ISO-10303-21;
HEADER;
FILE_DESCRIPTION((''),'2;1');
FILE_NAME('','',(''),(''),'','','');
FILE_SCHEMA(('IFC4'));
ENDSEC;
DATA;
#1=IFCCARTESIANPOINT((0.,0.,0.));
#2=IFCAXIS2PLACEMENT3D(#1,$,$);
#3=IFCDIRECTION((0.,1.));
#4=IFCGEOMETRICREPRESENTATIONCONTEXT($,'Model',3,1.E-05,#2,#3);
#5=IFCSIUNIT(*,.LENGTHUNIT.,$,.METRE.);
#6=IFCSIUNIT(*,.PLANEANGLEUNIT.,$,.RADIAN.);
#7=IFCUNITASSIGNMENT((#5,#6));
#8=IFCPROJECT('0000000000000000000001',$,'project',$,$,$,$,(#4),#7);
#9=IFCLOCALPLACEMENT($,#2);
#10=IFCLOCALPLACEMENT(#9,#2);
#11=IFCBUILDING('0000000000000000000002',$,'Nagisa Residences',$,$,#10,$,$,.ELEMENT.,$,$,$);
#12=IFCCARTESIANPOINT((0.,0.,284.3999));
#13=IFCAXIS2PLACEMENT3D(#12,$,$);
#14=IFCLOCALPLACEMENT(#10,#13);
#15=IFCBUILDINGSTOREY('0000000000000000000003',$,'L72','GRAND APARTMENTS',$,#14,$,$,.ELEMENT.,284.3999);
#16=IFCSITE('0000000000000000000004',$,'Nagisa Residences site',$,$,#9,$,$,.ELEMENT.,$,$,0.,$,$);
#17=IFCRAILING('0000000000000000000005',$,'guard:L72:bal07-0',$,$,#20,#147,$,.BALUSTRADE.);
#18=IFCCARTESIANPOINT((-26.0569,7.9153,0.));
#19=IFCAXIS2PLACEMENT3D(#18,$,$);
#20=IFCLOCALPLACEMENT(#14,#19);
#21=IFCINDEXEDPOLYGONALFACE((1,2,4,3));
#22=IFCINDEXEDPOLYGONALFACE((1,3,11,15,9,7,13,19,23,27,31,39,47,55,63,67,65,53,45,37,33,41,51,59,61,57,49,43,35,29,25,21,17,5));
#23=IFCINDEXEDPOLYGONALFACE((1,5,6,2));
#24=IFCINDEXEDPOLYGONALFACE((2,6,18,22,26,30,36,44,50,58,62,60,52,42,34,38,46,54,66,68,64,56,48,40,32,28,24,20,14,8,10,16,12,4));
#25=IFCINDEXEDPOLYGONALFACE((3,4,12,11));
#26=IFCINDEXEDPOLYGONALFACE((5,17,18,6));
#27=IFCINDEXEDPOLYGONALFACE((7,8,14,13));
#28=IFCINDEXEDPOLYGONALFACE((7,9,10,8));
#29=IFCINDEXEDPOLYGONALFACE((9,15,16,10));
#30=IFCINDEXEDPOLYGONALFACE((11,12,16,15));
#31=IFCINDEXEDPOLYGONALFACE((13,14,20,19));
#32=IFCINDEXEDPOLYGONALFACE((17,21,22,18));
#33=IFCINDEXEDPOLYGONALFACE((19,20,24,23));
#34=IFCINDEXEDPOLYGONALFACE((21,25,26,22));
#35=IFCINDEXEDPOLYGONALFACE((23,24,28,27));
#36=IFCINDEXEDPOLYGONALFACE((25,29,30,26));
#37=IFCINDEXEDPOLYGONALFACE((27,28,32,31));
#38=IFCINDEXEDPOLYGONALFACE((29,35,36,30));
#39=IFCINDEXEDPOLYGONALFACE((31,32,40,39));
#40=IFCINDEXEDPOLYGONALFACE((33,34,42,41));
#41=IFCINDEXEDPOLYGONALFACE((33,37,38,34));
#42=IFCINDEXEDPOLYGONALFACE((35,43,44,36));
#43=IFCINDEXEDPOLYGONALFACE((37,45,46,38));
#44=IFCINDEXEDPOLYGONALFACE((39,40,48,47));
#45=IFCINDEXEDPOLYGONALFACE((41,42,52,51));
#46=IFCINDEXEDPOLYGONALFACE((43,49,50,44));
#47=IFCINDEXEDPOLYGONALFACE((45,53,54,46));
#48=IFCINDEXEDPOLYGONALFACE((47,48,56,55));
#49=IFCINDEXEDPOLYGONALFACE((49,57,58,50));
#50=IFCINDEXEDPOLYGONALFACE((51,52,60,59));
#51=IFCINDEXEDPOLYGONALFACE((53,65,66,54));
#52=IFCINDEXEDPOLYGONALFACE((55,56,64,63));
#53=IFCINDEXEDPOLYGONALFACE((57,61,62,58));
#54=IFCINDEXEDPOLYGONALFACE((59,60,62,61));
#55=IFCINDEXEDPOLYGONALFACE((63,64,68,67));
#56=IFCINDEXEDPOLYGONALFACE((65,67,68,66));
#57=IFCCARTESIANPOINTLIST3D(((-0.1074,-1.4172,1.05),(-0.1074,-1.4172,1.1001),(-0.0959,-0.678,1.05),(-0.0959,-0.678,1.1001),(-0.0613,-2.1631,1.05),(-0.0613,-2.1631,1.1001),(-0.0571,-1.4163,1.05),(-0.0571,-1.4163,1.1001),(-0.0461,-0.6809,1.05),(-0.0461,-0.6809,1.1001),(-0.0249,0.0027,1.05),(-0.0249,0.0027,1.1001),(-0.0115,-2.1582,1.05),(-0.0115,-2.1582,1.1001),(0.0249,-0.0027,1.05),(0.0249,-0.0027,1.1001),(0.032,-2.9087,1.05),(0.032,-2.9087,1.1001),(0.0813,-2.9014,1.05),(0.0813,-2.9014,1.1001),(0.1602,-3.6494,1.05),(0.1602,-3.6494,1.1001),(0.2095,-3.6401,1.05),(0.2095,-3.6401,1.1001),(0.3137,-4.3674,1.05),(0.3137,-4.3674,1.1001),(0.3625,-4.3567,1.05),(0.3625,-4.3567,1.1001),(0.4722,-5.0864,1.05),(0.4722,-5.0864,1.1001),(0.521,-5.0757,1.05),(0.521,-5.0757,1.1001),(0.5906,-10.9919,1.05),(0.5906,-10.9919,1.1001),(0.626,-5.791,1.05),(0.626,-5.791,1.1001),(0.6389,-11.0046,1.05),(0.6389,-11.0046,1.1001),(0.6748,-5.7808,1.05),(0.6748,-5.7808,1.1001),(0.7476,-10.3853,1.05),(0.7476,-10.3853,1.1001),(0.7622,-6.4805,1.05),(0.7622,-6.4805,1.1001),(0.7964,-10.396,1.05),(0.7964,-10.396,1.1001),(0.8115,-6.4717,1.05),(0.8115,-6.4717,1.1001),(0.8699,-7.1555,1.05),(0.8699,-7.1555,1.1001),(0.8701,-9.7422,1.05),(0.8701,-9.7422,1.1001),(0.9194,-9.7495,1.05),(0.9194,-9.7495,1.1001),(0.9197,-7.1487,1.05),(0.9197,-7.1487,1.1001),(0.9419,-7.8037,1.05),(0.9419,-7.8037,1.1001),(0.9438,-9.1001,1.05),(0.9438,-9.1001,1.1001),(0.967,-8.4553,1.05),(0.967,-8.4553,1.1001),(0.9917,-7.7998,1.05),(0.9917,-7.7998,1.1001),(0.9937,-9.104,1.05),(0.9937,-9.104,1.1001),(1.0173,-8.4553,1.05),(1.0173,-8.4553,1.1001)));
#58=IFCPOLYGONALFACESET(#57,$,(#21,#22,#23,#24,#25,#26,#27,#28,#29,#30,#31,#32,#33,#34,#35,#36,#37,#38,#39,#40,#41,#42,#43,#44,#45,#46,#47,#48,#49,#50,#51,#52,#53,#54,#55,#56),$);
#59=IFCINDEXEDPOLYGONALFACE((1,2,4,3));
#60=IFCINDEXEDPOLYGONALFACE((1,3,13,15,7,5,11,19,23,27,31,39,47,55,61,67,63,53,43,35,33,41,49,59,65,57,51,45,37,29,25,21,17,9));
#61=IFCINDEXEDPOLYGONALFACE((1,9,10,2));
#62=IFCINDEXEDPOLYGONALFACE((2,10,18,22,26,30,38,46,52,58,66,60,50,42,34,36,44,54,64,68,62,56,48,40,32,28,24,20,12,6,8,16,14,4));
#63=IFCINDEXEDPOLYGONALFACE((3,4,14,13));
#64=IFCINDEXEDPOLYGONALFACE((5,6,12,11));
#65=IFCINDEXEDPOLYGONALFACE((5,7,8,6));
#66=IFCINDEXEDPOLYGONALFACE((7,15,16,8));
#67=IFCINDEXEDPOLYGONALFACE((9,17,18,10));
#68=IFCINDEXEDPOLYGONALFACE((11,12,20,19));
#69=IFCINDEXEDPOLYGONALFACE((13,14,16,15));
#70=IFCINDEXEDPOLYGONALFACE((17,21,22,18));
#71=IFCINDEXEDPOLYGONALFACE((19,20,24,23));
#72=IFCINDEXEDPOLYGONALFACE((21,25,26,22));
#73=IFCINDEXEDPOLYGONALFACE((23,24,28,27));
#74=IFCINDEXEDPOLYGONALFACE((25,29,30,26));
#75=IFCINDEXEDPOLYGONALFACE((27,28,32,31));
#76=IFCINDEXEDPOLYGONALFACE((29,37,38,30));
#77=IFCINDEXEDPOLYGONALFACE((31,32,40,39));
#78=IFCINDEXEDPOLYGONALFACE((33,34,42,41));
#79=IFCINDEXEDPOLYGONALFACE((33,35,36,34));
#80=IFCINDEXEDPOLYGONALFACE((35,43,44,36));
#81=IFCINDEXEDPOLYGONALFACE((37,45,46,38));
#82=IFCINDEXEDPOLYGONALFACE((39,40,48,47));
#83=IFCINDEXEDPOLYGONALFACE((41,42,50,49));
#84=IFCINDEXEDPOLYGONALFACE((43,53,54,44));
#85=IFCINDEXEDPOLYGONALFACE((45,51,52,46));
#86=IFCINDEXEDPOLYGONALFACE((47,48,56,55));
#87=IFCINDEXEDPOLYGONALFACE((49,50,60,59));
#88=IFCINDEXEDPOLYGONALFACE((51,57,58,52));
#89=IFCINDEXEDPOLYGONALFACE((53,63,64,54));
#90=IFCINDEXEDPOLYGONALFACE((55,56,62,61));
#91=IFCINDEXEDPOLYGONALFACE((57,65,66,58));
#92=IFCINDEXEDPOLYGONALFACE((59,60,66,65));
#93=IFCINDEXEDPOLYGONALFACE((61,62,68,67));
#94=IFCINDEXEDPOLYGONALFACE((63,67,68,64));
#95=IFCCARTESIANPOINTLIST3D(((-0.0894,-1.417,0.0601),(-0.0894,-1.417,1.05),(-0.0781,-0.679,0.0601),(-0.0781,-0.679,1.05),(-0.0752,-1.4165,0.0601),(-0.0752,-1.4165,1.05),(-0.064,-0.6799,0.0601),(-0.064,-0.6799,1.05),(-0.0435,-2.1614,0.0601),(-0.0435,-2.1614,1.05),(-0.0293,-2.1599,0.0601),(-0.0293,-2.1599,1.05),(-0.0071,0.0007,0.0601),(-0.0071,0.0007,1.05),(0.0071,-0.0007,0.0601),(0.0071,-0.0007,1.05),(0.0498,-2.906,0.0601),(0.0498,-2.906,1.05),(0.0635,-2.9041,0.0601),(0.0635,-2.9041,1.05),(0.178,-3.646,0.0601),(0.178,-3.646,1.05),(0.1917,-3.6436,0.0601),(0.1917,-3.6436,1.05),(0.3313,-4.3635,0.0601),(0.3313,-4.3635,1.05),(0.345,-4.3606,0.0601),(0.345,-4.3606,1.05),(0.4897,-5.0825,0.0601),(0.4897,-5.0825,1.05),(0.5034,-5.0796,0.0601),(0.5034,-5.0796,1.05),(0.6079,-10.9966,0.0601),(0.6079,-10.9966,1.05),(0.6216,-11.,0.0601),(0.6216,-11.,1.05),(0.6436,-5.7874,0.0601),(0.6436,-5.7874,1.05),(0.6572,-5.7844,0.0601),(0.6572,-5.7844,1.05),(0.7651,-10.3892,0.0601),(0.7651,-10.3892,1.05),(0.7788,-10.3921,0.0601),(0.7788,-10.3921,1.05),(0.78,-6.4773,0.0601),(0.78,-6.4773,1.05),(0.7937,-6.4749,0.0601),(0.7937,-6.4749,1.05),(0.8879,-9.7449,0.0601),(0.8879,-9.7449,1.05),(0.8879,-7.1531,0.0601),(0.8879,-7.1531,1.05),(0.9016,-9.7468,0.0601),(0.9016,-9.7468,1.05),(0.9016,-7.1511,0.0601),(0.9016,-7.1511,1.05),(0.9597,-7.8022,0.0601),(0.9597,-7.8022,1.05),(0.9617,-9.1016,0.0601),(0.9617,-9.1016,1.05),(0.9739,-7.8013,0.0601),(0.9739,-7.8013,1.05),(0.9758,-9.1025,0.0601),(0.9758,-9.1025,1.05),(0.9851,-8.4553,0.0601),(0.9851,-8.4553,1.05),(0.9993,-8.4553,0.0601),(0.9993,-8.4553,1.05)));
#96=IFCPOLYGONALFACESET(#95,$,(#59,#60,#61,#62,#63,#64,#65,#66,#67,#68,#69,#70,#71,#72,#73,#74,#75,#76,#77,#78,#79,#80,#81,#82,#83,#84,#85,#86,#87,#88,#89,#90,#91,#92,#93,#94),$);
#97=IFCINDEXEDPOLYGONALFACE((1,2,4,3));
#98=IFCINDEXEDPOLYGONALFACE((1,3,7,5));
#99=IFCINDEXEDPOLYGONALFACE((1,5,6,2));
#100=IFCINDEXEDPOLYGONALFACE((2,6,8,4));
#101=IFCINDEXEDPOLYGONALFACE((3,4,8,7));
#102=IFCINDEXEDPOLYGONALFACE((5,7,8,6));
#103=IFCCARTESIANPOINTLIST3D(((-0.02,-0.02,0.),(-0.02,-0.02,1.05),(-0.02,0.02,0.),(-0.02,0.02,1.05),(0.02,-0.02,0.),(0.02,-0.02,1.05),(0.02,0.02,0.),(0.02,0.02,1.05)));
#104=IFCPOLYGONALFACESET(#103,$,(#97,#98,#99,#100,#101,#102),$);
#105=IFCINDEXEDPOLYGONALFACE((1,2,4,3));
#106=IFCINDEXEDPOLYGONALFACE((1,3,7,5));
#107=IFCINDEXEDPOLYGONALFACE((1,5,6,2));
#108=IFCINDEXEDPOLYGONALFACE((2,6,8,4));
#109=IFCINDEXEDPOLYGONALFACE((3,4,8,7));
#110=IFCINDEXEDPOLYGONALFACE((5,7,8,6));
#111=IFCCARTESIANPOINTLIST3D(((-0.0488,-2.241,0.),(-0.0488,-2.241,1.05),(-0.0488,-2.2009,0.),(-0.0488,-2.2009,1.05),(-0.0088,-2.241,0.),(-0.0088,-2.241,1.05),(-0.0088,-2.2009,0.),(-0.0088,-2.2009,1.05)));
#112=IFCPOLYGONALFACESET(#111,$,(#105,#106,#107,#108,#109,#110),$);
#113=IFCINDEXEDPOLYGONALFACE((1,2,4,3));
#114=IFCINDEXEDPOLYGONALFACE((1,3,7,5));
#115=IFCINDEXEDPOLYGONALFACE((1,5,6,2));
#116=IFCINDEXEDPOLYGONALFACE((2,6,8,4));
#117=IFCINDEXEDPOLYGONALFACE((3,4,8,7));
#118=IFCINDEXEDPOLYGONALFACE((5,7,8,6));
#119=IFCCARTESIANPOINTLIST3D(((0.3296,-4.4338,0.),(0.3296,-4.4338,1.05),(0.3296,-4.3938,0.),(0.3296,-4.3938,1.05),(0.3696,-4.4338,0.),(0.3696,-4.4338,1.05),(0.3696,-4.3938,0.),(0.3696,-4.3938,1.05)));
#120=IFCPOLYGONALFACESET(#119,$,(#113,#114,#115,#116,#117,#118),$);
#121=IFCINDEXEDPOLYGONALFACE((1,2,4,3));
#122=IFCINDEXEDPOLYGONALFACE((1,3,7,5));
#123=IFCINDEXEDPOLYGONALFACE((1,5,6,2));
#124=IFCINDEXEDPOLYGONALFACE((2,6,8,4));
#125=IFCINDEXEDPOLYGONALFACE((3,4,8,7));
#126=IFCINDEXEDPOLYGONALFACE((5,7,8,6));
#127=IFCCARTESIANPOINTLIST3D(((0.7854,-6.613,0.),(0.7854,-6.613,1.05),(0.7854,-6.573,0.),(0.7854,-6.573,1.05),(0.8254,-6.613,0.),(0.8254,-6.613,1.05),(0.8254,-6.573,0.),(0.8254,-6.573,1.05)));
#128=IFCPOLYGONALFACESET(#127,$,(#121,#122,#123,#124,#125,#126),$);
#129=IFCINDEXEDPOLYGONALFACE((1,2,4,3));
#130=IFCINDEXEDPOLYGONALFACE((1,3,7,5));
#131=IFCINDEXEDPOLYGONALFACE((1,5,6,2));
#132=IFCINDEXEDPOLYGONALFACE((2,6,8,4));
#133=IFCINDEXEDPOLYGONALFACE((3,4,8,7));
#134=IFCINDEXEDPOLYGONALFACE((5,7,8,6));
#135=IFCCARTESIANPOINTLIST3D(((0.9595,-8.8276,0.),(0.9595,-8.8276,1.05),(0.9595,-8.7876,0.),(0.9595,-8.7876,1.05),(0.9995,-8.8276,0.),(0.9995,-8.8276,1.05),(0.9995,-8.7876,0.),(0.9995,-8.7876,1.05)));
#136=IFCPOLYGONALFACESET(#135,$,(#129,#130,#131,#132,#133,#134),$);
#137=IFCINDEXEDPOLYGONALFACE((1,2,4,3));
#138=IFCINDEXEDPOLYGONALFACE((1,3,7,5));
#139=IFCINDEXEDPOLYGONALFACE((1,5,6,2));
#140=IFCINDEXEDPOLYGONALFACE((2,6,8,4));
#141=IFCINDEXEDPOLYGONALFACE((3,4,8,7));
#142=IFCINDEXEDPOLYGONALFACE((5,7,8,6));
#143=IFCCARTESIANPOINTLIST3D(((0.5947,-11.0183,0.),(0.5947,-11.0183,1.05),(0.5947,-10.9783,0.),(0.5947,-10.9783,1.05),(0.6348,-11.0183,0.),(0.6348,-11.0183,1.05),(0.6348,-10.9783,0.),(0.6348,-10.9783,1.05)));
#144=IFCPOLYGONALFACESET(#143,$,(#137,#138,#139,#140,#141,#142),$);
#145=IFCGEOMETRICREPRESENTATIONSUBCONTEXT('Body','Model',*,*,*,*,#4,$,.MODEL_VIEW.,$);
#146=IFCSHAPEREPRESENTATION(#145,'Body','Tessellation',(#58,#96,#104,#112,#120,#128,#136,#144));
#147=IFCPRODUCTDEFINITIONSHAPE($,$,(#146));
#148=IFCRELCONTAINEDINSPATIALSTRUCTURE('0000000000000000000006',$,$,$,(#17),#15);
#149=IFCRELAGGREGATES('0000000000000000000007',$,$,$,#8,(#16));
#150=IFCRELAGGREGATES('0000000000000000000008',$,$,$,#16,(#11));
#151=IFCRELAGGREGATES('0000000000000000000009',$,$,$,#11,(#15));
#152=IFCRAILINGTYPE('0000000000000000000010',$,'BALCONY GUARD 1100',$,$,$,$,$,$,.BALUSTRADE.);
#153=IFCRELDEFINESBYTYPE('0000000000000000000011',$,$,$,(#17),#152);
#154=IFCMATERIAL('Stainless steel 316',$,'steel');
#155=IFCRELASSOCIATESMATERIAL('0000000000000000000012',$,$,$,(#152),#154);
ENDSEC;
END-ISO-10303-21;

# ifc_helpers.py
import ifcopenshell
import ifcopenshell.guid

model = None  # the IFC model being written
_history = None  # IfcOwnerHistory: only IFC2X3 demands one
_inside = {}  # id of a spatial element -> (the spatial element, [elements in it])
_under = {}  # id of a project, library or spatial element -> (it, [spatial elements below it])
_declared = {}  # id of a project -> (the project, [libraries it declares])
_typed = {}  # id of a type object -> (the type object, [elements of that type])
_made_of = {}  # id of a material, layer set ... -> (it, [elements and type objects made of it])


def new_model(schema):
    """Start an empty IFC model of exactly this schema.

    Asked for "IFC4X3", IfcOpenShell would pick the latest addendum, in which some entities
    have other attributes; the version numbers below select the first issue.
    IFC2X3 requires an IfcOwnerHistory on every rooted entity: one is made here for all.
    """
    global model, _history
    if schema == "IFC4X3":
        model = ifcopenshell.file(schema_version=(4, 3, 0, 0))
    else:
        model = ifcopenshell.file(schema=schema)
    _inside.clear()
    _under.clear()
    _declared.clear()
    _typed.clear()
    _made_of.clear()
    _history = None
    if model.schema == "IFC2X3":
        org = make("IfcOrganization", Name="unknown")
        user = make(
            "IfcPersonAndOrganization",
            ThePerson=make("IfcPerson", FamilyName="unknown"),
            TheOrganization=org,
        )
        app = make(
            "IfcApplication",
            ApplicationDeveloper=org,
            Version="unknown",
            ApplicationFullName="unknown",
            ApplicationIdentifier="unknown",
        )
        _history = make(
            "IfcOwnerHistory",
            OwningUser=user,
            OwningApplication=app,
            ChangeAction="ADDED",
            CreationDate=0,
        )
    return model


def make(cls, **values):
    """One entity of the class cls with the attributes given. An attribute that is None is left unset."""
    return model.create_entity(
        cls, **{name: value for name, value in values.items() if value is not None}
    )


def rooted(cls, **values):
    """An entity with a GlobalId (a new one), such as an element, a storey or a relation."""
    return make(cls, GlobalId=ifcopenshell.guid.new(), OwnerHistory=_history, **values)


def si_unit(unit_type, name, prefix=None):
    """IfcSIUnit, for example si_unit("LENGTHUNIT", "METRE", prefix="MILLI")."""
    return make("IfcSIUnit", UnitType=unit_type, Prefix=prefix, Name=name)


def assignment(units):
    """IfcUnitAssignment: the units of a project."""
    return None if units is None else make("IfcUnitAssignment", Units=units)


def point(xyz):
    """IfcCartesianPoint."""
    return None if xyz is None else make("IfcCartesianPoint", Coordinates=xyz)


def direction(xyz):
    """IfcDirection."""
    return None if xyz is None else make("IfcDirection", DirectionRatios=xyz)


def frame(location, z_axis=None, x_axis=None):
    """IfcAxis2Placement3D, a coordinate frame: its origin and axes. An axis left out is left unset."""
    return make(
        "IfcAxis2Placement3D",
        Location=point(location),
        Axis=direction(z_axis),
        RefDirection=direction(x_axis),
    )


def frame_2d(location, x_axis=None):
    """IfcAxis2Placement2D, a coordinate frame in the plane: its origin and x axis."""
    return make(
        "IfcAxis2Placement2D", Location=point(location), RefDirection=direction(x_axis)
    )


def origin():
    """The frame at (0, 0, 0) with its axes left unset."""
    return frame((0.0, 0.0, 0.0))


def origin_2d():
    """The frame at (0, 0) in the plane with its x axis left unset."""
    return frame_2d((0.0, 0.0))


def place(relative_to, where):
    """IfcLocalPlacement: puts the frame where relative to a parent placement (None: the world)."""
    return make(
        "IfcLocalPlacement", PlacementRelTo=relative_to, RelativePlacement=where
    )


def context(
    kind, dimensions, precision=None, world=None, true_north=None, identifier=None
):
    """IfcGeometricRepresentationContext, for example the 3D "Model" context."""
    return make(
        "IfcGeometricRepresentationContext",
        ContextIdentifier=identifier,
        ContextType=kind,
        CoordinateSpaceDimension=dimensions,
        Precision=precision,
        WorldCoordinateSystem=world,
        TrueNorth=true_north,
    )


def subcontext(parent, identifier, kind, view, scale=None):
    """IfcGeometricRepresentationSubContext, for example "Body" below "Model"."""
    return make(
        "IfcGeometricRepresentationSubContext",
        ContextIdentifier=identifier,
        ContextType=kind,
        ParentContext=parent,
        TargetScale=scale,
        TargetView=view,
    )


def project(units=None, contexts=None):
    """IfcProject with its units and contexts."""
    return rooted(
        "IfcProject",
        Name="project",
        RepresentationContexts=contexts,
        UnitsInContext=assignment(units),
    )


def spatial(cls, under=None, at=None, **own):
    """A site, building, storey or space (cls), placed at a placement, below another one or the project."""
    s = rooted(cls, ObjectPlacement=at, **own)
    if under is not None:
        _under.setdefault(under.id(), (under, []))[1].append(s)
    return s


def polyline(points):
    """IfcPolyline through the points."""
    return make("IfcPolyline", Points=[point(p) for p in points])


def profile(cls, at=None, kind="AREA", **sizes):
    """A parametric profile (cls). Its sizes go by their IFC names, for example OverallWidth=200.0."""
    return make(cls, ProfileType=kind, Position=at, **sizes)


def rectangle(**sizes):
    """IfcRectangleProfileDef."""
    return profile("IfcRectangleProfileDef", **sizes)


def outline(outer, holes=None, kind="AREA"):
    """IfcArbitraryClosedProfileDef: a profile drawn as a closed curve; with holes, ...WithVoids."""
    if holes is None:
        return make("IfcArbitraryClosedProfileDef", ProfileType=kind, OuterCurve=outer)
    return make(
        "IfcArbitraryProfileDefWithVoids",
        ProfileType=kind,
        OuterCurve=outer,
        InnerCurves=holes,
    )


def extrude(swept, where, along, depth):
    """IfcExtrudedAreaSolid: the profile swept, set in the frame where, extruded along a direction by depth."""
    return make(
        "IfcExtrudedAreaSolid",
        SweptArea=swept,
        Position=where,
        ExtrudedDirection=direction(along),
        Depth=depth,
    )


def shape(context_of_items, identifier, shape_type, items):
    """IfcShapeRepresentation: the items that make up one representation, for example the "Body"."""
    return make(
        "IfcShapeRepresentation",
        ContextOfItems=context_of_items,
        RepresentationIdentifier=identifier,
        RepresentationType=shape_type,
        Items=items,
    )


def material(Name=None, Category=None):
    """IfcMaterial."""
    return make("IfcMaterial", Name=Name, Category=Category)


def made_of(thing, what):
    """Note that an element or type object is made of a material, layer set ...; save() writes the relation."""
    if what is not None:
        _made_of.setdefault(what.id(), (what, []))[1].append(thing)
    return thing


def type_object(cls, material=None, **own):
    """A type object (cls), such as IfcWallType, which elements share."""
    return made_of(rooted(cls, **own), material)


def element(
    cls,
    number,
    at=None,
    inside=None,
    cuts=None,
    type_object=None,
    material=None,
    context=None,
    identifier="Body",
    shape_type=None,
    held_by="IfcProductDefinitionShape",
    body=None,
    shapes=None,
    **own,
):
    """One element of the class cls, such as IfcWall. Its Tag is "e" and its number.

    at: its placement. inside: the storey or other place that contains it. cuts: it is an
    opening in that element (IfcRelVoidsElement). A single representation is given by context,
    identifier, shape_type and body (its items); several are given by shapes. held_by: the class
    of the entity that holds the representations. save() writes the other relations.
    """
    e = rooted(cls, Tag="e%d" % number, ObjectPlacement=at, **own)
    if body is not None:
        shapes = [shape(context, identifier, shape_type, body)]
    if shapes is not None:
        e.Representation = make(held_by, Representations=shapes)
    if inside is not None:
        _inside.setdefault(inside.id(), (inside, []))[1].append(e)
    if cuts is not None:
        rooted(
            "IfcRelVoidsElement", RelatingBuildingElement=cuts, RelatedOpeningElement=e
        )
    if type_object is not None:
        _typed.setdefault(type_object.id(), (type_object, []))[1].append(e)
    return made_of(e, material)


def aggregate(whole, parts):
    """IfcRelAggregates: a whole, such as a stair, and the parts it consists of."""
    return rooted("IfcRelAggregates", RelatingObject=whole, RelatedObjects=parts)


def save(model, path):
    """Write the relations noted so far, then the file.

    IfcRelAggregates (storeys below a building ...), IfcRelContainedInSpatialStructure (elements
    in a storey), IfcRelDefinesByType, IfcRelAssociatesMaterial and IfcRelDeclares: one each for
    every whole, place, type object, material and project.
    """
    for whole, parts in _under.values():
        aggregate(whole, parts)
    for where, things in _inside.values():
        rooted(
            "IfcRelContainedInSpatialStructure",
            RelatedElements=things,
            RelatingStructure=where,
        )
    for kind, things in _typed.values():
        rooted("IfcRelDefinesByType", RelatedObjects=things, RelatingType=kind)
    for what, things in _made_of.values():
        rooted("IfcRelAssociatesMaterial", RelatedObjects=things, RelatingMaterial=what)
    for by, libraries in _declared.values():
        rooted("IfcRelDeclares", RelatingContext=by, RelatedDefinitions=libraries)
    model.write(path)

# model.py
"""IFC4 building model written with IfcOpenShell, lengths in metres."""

from ifc_helpers import new_model, si_unit, direction, frame, origin, origin_2d, place, context, subcontext, project, spatial, polyline, rectangle, outline, extrude, material, type_object, element, save


model = new_model("IFC4")

# Units and contexts
model_context = context("Model", 3, precision=1e-05, world=origin(), true_north=direction((0.0, 1.0)))
body_context = subcontext(model_context, "Body", "Model", "MODEL_VIEW")
ifc_project = project(units=[si_unit("LENGTHUNIT", "METRE"), si_unit("PLANEANGLEUNIT", "RADIAN")], contexts=[model_context])

# Site, building, storey
site_placement = place(None, origin())
site = spatial("IfcSite", under=ifc_project, at=site_placement, Name="Nagisa Residences site", CompositionType="ELEMENT", RefElevation=0.0)
building_placement = place(site_placement, origin())
building = spatial("IfcBuilding", under=site, at=building_placement, Name="Nagisa Residences", CompositionType="ELEMENT")
storey_placement = place(building_placement, frame((0.0, 0.0, 284.3999)))
storey = spatial("IfcBuildingStorey", under=building, at=storey_placement, Name="L72", Description="GRAND APARTMENTS", CompositionType="ELEMENT", Elevation=284.3999)

# Railing
ifc_material_1 = material(Name="Stainless steel 316", Category="steel")
railing_type = type_object("IfcRailingType", Name="BALCONY GUARD 1100", PredefinedType="BALUSTRADE", material=ifc_material_1)
railing_placement = place(storey_placement, frame((-26.0569, 7.9153, 0.0)))
element("IfcRailing", 1, at=railing_placement, inside=storey, type_object=railing_type, Name="guard:L72:bal07-0", PredefinedType="BALUSTRADE", context=body_context, shape_type="SweptSolid", body=[
    extrude(outline(polyline([(-0.0461, -0.6809), (0.0249, -0.0027), (-0.0249, 0.0027), (-0.0959, -0.678), (-0.1074, -1.4172), (-0.0613, -2.1631), (0.032, -2.9087), (0.1602, -3.6494), (0.3137, -4.3674), (0.4722, -5.0864), (0.626, -5.791), (0.7622, -6.4805), (0.8699, -7.1555), (0.9419, -7.8037), (0.967, -8.4553), (0.9438, -9.1001), (0.8701, -9.7422), (0.7476, -10.3853), (0.5906, -10.9919), (0.6389, -11.0046), (0.7964, -10.396), (0.9194, -9.7495), (0.9937, -9.104), (1.0173, -8.4553), (0.9917, -7.7998), (0.9197, -7.1487), (0.8115, -6.4717), (0.6748, -5.7808), (0.521, -5.0757), (0.3625, -4.3567), (0.2095, -3.6401), (0.0813, -2.9014), (-0.0115, -2.1582), (-0.0571, -1.4163), (-0.0461, -0.6809)])), frame((0.0, 0.0, 1.05)), (0.0, 0.0, 1.0), 0.05),
    extrude(outline(polyline([(-0.064, -0.6799), (0.0071, -0.0007), (-0.0071, 0.0007), (-0.0781, -0.679), (-0.0894, -1.417), (-0.0435, -2.1614), (0.0498, -2.906), (0.178, -3.646), (0.3313, -4.3635), (0.4897, -5.0825), (0.6436, -5.7874), (0.78, -6.4773), (0.8879, -7.1531), (0.9597, -7.8022), (0.9851, -8.4553), (0.9617, -9.1016), (0.8879, -9.7449), (0.7651, -10.3892), (0.6079, -10.9966), (0.6216, -11.0), (0.7788, -10.3921), (0.9016, -9.7468), (0.9758, -9.1025), (0.9993, -8.4553), (0.9739, -7.8013), (0.9016, -7.1511), (0.7937, -6.4749), (0.6572, -5.7844), (0.5034, -5.0796), (0.345, -4.3606), (0.1917, -3.6436), (0.0635, -2.9041), (-0.0293, -2.1599), (-0.0752, -1.4165), (-0.064, -0.6799)])), frame((0.0, 0.0, 0.0601)), (0.0, 0.0, 1.0), 0.99),
    extrude(rectangle(XDim=0.04, YDim=0.04, at=origin_2d()), origin(), (0.0, 0.0, 1.0), 1.05),
    extrude(rectangle(XDim=0.04, YDim=0.04, at=origin_2d()), frame((-0.0288, -2.2209, 0.0)), (0.0, 0.0, 1.0), 1.05),
    extrude(rectangle(XDim=0.04, YDim=0.04, at=origin_2d()), frame((0.3496, -4.4138, 0.0)), (0.0, 0.0, 1.0), 1.05),
    extrude(rectangle(XDim=0.04, YDim=0.04, at=origin_2d()), frame((0.8054, -6.593, 0.0)), (0.0, 0.0, 1.0), 1.05),
    extrude(rectangle(XDim=0.04, YDim=0.04, at=origin_2d()), frame((0.9795, -8.8076, 0.0)), (0.0, 0.0, 1.0), 1.05),
    extrude(rectangle(XDim=0.04, YDim=0.04, at=origin_2d()), frame((0.6147, -10.9983, 0.0)), (0.0, 0.0, 1.0), 1.05),
])

save(model, "model.ifc")
